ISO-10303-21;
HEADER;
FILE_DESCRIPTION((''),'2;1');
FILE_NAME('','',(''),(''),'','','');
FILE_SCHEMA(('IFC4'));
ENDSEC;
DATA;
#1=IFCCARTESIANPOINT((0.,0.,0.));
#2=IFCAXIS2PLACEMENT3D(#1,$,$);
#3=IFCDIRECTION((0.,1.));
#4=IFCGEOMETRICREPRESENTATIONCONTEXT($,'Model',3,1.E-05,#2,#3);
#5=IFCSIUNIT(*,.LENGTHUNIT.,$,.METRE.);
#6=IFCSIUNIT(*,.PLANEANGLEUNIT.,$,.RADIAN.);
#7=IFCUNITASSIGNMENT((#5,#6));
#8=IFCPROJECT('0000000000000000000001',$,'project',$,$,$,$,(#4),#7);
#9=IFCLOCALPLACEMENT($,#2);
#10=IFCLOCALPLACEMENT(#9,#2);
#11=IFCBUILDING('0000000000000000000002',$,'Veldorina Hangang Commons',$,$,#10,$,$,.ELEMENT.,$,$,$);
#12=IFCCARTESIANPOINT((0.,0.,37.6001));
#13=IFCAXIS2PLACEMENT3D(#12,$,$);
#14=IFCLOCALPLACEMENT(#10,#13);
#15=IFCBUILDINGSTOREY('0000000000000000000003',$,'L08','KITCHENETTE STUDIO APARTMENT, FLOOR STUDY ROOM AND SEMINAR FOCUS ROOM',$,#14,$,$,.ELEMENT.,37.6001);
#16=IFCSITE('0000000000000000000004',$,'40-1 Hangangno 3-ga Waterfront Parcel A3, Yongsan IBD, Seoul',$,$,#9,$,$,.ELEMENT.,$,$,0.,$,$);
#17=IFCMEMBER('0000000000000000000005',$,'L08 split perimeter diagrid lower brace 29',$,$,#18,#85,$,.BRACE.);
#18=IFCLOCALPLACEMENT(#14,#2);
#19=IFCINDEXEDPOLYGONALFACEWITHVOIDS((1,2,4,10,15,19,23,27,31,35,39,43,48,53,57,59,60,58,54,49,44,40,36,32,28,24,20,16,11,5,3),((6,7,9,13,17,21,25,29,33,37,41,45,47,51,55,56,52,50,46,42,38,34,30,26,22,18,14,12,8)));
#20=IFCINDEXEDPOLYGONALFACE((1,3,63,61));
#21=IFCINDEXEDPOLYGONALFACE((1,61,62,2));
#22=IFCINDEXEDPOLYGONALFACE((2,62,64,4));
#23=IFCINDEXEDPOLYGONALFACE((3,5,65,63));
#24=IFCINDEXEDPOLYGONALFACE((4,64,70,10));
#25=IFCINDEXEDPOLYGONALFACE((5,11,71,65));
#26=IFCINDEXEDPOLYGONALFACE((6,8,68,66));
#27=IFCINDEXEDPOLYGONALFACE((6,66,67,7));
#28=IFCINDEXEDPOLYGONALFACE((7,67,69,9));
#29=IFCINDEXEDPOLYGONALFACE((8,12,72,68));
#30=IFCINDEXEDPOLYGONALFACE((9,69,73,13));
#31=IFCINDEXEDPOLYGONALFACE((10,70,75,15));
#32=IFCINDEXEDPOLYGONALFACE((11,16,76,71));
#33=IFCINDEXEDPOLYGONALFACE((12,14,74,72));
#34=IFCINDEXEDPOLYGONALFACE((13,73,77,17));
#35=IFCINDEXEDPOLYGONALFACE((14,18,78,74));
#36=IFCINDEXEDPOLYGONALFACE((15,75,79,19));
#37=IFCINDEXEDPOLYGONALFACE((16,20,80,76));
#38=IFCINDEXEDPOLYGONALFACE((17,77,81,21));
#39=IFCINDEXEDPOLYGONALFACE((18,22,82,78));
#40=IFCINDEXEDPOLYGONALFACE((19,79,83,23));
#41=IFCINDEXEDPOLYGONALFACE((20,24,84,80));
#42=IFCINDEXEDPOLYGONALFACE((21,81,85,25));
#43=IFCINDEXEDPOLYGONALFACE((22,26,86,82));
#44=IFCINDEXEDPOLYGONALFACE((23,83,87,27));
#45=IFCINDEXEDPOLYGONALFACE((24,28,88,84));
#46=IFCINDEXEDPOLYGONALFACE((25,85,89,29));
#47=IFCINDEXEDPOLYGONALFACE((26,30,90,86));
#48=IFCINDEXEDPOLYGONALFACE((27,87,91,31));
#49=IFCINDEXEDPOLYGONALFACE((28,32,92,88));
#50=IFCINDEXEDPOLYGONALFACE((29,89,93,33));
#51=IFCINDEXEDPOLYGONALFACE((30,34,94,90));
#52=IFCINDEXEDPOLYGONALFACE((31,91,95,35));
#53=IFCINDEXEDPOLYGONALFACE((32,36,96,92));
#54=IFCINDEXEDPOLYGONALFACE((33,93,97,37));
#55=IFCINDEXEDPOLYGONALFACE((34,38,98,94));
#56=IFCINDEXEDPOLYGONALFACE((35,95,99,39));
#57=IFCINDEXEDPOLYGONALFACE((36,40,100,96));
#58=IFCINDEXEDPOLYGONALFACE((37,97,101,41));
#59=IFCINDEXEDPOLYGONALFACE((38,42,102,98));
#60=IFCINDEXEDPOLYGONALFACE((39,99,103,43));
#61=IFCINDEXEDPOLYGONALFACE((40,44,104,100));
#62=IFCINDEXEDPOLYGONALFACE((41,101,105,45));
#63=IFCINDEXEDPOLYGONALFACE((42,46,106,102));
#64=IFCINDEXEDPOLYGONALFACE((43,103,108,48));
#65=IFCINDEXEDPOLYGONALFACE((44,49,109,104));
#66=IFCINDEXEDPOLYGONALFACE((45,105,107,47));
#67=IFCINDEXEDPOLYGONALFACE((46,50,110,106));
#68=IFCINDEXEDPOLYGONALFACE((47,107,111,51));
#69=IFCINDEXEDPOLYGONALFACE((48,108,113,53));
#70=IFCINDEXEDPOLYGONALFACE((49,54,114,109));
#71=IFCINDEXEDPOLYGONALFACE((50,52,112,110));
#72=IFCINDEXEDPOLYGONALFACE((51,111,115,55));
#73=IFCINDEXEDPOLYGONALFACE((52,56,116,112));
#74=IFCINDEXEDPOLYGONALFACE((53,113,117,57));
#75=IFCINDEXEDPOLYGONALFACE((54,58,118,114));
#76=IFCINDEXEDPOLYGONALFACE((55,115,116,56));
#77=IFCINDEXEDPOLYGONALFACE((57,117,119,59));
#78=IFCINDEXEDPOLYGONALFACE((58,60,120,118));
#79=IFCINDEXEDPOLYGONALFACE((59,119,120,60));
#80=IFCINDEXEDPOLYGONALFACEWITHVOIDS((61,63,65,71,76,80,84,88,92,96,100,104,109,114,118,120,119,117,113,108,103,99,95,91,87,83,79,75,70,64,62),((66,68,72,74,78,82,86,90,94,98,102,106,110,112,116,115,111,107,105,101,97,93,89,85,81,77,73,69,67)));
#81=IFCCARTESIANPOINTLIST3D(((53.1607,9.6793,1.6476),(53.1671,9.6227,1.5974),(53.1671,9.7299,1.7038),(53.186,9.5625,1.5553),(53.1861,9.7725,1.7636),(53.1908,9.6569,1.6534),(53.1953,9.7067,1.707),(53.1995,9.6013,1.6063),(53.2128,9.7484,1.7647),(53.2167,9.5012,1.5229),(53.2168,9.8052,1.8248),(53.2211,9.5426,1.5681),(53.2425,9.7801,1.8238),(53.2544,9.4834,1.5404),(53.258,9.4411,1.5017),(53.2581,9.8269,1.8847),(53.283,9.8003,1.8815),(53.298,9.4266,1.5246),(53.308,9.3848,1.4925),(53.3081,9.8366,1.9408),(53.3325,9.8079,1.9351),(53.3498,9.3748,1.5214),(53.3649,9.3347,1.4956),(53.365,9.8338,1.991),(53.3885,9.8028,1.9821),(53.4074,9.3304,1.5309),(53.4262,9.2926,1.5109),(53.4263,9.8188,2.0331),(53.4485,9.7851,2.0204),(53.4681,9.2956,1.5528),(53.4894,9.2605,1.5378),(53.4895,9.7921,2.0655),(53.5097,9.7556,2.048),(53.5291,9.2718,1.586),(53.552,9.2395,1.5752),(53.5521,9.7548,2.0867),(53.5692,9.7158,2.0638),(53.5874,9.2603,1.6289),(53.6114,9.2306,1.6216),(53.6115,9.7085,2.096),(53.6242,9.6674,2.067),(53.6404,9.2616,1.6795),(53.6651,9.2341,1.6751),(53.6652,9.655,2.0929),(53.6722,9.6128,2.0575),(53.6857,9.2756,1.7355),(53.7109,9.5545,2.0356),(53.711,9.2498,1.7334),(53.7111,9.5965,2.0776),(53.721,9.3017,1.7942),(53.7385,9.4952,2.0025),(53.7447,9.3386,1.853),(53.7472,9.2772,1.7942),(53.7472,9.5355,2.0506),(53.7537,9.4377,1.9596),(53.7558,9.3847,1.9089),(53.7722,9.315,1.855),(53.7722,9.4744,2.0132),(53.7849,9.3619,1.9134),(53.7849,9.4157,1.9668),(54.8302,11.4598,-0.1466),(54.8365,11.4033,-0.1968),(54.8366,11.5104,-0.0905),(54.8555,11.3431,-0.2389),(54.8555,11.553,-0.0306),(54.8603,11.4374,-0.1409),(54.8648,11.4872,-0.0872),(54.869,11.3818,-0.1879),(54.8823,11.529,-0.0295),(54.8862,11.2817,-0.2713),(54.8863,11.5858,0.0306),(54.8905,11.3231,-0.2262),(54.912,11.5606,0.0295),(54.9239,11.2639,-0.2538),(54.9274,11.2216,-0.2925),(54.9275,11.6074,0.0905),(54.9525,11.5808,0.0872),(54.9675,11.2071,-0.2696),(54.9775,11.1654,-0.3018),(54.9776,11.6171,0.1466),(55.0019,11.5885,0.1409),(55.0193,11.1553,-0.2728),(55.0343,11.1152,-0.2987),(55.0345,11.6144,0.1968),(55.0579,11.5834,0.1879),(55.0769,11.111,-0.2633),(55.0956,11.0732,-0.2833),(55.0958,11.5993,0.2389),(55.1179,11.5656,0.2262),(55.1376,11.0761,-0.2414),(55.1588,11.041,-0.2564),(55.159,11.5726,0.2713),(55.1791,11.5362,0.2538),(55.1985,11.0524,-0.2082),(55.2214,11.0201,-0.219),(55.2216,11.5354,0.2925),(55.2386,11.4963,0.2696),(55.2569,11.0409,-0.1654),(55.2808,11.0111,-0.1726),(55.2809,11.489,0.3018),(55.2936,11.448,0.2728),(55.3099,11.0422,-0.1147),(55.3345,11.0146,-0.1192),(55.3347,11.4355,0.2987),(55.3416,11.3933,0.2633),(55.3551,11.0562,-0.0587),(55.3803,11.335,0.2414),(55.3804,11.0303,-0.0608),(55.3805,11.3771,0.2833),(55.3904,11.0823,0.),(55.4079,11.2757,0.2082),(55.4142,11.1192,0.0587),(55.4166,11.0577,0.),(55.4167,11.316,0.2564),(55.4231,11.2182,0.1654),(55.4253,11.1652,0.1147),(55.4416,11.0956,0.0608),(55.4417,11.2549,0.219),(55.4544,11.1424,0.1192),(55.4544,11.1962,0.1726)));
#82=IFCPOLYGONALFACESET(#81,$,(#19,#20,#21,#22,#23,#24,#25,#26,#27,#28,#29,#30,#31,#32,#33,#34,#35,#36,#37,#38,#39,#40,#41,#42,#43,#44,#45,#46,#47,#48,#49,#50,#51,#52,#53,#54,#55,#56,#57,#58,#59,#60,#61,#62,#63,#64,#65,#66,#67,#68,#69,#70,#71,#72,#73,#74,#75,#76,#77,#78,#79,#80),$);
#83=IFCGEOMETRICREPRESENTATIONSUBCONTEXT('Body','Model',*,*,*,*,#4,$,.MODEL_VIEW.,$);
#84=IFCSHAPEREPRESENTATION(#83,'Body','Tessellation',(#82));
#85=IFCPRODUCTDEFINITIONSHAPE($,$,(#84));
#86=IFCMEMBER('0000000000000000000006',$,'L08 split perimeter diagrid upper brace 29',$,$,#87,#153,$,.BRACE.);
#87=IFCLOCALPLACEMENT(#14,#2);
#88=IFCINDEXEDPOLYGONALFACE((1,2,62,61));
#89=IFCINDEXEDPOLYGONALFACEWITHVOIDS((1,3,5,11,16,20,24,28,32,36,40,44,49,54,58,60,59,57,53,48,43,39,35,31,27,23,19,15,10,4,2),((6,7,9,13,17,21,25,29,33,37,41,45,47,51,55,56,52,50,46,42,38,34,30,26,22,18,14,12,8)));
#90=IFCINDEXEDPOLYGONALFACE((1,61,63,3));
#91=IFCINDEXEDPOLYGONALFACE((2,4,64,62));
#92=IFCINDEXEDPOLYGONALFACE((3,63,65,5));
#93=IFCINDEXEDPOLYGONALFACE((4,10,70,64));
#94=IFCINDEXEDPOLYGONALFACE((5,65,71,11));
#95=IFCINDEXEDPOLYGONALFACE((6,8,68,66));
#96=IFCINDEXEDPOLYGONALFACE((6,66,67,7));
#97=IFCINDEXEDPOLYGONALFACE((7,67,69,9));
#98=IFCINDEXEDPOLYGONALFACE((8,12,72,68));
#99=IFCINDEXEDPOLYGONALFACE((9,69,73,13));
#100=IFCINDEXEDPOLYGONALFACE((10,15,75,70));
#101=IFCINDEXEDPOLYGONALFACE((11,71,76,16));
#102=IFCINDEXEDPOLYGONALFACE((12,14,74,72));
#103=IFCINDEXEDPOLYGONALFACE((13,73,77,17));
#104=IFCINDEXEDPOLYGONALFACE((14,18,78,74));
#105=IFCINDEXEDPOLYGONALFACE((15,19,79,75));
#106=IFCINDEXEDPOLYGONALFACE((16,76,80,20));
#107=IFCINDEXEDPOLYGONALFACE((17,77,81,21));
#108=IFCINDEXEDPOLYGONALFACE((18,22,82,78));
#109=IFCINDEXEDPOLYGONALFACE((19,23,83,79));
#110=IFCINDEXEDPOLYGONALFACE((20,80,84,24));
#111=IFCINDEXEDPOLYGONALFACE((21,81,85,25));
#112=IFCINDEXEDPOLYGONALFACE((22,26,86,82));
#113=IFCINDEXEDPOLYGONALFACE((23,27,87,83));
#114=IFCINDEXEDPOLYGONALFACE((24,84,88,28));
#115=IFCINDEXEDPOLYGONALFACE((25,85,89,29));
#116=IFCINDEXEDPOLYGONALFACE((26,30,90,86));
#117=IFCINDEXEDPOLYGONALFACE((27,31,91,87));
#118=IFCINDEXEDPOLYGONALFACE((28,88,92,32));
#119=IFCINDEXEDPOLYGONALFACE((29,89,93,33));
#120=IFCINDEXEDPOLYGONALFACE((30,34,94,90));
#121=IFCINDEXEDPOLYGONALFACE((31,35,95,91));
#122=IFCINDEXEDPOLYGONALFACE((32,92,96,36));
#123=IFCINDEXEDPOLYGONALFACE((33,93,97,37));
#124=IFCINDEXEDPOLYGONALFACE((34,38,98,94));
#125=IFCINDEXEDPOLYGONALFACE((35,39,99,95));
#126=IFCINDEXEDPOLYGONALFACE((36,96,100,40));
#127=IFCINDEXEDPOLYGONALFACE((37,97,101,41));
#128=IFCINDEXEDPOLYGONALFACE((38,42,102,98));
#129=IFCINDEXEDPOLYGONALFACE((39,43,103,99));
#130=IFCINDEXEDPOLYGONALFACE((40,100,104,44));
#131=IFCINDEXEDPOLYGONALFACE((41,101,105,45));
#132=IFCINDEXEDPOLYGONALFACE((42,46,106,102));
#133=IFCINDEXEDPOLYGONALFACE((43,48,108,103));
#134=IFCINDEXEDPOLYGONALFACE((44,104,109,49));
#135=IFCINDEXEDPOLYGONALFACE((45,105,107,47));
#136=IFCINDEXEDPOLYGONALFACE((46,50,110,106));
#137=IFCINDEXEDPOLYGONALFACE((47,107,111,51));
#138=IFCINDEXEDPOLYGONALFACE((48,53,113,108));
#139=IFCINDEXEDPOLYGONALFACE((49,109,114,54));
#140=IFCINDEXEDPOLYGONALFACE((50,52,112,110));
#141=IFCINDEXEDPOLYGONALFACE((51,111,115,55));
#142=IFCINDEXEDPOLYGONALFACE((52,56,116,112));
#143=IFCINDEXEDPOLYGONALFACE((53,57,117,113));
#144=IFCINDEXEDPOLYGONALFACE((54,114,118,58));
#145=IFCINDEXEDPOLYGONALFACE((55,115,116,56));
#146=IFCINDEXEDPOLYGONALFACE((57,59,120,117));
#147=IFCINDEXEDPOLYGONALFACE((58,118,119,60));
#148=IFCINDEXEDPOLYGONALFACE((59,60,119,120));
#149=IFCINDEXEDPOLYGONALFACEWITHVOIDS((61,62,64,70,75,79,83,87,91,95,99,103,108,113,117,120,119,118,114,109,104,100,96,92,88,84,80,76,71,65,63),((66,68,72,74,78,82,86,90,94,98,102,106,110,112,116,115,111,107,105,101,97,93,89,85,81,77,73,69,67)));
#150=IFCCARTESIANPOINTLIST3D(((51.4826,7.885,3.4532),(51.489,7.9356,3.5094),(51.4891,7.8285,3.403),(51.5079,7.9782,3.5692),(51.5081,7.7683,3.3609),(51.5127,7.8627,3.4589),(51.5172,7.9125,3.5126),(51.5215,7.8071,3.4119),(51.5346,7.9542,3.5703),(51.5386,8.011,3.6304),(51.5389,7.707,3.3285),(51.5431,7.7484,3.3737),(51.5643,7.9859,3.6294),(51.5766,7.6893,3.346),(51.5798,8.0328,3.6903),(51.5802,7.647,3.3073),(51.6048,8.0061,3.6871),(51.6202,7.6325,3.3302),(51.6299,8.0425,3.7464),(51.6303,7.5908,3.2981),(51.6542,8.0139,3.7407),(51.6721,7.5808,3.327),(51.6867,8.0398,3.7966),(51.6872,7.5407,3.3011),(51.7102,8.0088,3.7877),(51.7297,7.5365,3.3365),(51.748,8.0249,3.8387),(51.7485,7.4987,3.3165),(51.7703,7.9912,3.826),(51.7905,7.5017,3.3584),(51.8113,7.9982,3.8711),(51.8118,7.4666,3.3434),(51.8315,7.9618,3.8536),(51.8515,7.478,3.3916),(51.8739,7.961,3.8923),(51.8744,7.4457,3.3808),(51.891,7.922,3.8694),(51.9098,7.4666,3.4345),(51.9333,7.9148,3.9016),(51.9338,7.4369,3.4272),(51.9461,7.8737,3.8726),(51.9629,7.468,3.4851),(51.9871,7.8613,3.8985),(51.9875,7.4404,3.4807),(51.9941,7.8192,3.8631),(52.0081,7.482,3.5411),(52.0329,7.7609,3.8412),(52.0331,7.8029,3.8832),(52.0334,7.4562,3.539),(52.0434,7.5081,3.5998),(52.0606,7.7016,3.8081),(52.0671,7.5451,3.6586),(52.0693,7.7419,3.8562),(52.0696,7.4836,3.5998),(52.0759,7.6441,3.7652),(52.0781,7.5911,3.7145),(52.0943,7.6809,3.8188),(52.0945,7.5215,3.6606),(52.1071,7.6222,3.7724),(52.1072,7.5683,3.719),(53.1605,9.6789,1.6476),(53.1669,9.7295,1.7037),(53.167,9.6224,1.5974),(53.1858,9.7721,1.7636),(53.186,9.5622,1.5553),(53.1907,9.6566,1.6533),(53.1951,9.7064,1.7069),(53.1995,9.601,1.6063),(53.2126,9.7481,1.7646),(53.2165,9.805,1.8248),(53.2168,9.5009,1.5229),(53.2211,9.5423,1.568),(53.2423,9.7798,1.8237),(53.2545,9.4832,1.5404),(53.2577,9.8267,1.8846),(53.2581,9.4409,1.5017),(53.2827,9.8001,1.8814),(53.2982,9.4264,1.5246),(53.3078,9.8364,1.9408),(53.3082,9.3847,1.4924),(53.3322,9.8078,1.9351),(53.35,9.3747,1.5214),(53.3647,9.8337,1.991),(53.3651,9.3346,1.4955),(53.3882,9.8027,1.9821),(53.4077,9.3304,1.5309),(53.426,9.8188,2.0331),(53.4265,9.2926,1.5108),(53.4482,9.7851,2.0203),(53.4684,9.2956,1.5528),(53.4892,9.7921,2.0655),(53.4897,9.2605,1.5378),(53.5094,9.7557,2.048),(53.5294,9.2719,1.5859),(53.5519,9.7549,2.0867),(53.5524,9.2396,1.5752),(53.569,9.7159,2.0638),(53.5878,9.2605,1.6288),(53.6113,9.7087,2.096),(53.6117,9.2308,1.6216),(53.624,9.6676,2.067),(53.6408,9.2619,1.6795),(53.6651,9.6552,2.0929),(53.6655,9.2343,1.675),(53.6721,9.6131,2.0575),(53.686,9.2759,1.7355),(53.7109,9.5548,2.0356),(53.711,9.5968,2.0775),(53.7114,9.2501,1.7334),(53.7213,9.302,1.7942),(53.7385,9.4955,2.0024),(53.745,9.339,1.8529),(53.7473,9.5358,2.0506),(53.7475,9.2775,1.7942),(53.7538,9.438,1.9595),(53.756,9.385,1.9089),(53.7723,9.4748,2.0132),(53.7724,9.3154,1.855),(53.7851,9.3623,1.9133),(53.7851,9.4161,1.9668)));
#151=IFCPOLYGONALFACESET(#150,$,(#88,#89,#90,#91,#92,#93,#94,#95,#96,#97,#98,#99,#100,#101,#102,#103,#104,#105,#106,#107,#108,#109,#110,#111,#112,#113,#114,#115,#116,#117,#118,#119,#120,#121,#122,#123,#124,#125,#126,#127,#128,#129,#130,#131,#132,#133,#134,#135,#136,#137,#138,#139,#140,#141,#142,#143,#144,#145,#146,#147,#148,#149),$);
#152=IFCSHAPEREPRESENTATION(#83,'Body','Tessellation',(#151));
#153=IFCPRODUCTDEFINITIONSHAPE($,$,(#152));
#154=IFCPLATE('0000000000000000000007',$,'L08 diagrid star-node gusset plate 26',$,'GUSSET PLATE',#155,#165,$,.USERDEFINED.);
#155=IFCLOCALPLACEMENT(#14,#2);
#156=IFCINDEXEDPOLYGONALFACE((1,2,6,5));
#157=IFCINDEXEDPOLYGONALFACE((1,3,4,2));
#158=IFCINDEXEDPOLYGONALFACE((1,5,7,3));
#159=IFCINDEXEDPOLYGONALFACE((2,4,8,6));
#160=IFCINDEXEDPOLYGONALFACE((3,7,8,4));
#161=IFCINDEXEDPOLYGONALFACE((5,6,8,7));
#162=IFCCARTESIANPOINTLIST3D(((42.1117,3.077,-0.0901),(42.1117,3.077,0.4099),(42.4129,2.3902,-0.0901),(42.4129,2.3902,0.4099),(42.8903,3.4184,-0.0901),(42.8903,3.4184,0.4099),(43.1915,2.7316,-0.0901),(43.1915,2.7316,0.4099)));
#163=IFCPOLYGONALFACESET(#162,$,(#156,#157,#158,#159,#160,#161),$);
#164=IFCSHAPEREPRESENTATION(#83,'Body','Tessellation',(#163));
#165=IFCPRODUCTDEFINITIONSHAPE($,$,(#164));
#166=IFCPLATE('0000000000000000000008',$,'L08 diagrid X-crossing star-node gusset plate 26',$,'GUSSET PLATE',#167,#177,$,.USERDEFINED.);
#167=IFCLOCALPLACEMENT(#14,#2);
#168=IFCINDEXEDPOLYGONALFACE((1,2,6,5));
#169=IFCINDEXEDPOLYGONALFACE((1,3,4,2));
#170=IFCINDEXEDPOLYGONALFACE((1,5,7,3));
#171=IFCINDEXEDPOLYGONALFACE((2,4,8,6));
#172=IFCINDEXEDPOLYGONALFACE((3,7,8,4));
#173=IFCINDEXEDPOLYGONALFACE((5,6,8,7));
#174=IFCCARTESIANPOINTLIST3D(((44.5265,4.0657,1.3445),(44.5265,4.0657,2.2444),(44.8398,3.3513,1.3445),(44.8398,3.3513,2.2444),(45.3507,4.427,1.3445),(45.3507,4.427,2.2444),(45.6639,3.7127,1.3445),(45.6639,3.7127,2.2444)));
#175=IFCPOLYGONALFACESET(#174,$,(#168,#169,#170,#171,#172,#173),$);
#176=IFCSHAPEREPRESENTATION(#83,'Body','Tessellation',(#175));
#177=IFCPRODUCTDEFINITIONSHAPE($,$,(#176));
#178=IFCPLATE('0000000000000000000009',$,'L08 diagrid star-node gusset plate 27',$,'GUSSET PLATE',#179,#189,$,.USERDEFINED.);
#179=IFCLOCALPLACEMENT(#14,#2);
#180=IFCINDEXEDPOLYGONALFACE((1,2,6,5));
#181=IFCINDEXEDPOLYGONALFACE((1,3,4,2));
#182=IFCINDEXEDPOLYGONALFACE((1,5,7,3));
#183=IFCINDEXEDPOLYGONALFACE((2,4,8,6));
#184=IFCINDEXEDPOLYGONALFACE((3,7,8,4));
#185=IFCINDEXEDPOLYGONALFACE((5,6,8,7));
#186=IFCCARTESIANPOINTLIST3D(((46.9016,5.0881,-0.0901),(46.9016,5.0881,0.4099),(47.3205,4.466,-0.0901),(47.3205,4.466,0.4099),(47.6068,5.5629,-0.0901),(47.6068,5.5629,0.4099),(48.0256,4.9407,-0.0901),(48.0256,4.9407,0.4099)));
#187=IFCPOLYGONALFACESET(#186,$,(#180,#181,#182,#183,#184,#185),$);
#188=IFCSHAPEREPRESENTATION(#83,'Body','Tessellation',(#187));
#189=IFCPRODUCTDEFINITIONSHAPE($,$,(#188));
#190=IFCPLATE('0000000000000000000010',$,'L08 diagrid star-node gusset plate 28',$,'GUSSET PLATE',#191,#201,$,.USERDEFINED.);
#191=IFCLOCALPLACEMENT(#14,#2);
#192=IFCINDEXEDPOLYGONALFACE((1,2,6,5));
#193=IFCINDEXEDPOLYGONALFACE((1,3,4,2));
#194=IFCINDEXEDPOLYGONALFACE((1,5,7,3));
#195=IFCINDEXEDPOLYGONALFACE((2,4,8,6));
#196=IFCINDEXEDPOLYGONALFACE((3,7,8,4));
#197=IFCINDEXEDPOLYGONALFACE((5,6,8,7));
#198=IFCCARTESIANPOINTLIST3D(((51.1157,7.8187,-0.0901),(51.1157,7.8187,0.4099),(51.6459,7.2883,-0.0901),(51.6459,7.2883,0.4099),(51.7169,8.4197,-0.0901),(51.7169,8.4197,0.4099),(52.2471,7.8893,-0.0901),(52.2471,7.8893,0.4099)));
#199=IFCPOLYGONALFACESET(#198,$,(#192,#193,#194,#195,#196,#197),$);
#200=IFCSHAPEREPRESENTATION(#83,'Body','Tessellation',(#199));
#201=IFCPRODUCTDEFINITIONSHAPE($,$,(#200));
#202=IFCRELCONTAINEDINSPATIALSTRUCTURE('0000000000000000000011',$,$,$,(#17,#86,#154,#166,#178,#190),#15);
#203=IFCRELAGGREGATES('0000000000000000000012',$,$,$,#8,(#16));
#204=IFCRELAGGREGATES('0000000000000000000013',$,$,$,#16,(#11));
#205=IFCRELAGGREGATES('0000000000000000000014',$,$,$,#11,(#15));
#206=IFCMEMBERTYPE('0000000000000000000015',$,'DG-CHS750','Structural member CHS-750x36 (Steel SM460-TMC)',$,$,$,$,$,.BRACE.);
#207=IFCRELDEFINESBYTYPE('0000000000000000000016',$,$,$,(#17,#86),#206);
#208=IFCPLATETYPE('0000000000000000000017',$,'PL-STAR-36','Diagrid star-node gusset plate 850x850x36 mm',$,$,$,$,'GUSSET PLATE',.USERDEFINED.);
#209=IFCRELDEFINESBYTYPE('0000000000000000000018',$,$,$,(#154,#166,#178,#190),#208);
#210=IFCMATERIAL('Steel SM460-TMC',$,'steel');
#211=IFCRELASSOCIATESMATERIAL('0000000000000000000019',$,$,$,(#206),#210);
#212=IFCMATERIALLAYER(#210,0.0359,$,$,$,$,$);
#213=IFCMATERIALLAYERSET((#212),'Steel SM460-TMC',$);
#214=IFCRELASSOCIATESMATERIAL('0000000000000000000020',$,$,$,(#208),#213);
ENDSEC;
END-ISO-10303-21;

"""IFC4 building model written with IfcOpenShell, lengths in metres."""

from ifc_helpers import new_model, si_unit, direction, frame, origin, origin_2d, place, context, subcontext, project, spatial, rectangle, hollow_circle, extrude, material, layer, layer_set, material_profile, profile_set, type_object, element, save


model = new_model("IFC4")

# Units and contexts
model_context = context("Model", 3, precision=1e-05, world=origin(), true_north=direction((0.0, 1.0)))
body_context = subcontext(model_context, "Body", "Model", "MODEL_VIEW")
ifc_project = project(units=[si_unit("LENGTHUNIT", "METRE"), si_unit("PLANEANGLEUNIT", "RADIAN")], contexts=[model_context])

# Site, building, storey
site_placement = place(None, origin())
site = spatial("IfcSite", under=ifc_project, at=site_placement, Name="40-1 Hangangno 3-ga Waterfront Parcel A3, Yongsan IBD, Seoul", CompositionType="ELEMENT", RefElevation=0.0)
building_placement = place(site_placement, origin())
building = spatial("IfcBuilding", under=site, at=building_placement, Name="Veldorina Hangang Commons", CompositionType="ELEMENT")
storey_placement = place(building_placement, frame((0.0, 0.0, 37.6001)))
storey = spatial("IfcBuildingStorey", under=building, at=storey_placement, Name="L08", Description="KITCHENETTE STUDIO APARTMENT, FLOOR STUDY ROOM AND SEMINAR FOCUS ROOM", CompositionType="ELEMENT", Elevation=37.6001)

# Shared definitions
ifc_material_1 = material(Name="Steel SM460-TMC", Category="steel")

# Members
ifc_material_profile_1 = material_profile(ifc_material_1, hollow_circle(Radius=0.375, WallThickness=0.0359, at=origin_2d()), Name="CHS-750x36")
ifc_profile_set_1 = profile_set([ifc_material_profile_1], Name="Steel SM460-TMC")
member_type = type_object("IfcMemberType", Name="DG-CHS750", Description="Structural member CHS-750x36 (Steel SM460-TMC)", PredefinedType="BRACE", material=ifc_profile_set_1)
member_1_placement = place(storey_placement, frame((55.1431, 11.3142, 0.0), z_axis=(-0.551104, -0.587775, 0.592288), x_axis=(0.729497, -0.683984, 0.0)))
element("IfcMember", 1, at=member_1_placement, inside=storey, type_object=member_type, Name="L08 split perimeter diagrid lower brace 29", PredefinedType="BRACE", context=body_context, shape_type="SweptSolid", body=[
    extrude(hollow_circle(Radius=0.375, WallThickness=0.0359, at=origin_2d()), origin(), (0.0, 0.0, 1.0), 3.0293),
])
member_2_placement = place(storey_placement, frame((53.4736, 9.5337, 1.7942), z_axis=(-0.5504, -0.588439, 0.592283), x_axis=(0.730318, -0.683108, 0.0)))
element("IfcMember", 2, at=member_2_placement, inside=storey, type_object=member_type, Name="L08 split perimeter diagrid upper brace 29", PredefinedType="BRACE", context=body_context, shape_type="SweptSolid", body=[
    extrude(hollow_circle(Radius=0.375, WallThickness=0.0359, at=origin_2d()), origin(), (0.0, 0.0, 1.0), 3.0486),
])

# Plates
ifc_layer_1 = layer(ifc_material_1, 0.0359)
ifc_layer_set_1 = layer_set([ifc_layer_1], Name="Steel SM460-TMC")
plate_type_1 = type_object("IfcPlateType", Name="PL-STAR-36", Description="Diagrid star-node gusset plate 850x850x36 mm", ElementType="GUSSET PLATE", PredefinedType="USERDEFINED", material=ifc_layer_set_1)
plate_1_placement = place(storey_placement, frame((42.6516, 2.9043, -0.0901), z_axis=(0.0, 0.0, 1.0), x_axis=(0.915824, 0.40158, 0.0)))
element("IfcPlate", 3, at=plate_1_placement, inside=storey, type_object=plate_type_1, Name="L08 diagrid star-node gusset plate 26", ObjectType="GUSSET PLATE", PredefinedType="USERDEFINED", context=body_context, shape_type="SweptSolid", body=[
    extrude(rectangle(XDim=0.8501, YDim=0.75, at=origin_2d()), origin(), (0.0, 0.0, 1.0), 0.5),
])
plate_2_placement = place(storey_placement, frame((45.0952, 3.8892, 1.3445), z_axis=(0.0, 0.0, 1.0), x_axis=(0.915824, 0.40158, 0.0)))
element("IfcPlate", 4, at=plate_2_placement, inside=storey, type_object=plate_type_1, Name="L08 diagrid X-crossing star-node gusset plate 26", ObjectType="GUSSET PLATE", PredefinedType="USERDEFINED", context=body_context, shape_type="SweptSolid", body=[
    extrude(rectangle(XDim=0.8999, YDim=0.78, at=origin_2d()), origin(), (0.0, 0.0, 1.0), 0.8999),
])
for number, where, z_axis, x_axis, name in (
    (5, (47.4636, 5.0144, -0.0901), (0.0, 0.0, 1.0), (0.829525, 0.558469, 0.0), "L08 diagrid star-node gusset plate 27"),
    (6, (51.6814, 7.854, -0.0901), (0.0, 0.0, 1.0), (0.707255, 0.706959, 0.0), "L08 diagrid star-node gusset plate 28"),
):
    element("IfcPlate", number, at=place(storey_placement, frame(where, z_axis=z_axis, x_axis=x_axis)), inside=storey, type_object=plate_type_1, Name=name, ObjectType="GUSSET PLATE", PredefinedType="USERDEFINED", context=body_context, shape_type="SweptSolid", body=[
        extrude(rectangle(XDim=0.8501, YDim=0.75, at=origin_2d()), origin(), (0.0, 0.0, 1.0), 0.5),
    ])

save(model, "model.ifc")
